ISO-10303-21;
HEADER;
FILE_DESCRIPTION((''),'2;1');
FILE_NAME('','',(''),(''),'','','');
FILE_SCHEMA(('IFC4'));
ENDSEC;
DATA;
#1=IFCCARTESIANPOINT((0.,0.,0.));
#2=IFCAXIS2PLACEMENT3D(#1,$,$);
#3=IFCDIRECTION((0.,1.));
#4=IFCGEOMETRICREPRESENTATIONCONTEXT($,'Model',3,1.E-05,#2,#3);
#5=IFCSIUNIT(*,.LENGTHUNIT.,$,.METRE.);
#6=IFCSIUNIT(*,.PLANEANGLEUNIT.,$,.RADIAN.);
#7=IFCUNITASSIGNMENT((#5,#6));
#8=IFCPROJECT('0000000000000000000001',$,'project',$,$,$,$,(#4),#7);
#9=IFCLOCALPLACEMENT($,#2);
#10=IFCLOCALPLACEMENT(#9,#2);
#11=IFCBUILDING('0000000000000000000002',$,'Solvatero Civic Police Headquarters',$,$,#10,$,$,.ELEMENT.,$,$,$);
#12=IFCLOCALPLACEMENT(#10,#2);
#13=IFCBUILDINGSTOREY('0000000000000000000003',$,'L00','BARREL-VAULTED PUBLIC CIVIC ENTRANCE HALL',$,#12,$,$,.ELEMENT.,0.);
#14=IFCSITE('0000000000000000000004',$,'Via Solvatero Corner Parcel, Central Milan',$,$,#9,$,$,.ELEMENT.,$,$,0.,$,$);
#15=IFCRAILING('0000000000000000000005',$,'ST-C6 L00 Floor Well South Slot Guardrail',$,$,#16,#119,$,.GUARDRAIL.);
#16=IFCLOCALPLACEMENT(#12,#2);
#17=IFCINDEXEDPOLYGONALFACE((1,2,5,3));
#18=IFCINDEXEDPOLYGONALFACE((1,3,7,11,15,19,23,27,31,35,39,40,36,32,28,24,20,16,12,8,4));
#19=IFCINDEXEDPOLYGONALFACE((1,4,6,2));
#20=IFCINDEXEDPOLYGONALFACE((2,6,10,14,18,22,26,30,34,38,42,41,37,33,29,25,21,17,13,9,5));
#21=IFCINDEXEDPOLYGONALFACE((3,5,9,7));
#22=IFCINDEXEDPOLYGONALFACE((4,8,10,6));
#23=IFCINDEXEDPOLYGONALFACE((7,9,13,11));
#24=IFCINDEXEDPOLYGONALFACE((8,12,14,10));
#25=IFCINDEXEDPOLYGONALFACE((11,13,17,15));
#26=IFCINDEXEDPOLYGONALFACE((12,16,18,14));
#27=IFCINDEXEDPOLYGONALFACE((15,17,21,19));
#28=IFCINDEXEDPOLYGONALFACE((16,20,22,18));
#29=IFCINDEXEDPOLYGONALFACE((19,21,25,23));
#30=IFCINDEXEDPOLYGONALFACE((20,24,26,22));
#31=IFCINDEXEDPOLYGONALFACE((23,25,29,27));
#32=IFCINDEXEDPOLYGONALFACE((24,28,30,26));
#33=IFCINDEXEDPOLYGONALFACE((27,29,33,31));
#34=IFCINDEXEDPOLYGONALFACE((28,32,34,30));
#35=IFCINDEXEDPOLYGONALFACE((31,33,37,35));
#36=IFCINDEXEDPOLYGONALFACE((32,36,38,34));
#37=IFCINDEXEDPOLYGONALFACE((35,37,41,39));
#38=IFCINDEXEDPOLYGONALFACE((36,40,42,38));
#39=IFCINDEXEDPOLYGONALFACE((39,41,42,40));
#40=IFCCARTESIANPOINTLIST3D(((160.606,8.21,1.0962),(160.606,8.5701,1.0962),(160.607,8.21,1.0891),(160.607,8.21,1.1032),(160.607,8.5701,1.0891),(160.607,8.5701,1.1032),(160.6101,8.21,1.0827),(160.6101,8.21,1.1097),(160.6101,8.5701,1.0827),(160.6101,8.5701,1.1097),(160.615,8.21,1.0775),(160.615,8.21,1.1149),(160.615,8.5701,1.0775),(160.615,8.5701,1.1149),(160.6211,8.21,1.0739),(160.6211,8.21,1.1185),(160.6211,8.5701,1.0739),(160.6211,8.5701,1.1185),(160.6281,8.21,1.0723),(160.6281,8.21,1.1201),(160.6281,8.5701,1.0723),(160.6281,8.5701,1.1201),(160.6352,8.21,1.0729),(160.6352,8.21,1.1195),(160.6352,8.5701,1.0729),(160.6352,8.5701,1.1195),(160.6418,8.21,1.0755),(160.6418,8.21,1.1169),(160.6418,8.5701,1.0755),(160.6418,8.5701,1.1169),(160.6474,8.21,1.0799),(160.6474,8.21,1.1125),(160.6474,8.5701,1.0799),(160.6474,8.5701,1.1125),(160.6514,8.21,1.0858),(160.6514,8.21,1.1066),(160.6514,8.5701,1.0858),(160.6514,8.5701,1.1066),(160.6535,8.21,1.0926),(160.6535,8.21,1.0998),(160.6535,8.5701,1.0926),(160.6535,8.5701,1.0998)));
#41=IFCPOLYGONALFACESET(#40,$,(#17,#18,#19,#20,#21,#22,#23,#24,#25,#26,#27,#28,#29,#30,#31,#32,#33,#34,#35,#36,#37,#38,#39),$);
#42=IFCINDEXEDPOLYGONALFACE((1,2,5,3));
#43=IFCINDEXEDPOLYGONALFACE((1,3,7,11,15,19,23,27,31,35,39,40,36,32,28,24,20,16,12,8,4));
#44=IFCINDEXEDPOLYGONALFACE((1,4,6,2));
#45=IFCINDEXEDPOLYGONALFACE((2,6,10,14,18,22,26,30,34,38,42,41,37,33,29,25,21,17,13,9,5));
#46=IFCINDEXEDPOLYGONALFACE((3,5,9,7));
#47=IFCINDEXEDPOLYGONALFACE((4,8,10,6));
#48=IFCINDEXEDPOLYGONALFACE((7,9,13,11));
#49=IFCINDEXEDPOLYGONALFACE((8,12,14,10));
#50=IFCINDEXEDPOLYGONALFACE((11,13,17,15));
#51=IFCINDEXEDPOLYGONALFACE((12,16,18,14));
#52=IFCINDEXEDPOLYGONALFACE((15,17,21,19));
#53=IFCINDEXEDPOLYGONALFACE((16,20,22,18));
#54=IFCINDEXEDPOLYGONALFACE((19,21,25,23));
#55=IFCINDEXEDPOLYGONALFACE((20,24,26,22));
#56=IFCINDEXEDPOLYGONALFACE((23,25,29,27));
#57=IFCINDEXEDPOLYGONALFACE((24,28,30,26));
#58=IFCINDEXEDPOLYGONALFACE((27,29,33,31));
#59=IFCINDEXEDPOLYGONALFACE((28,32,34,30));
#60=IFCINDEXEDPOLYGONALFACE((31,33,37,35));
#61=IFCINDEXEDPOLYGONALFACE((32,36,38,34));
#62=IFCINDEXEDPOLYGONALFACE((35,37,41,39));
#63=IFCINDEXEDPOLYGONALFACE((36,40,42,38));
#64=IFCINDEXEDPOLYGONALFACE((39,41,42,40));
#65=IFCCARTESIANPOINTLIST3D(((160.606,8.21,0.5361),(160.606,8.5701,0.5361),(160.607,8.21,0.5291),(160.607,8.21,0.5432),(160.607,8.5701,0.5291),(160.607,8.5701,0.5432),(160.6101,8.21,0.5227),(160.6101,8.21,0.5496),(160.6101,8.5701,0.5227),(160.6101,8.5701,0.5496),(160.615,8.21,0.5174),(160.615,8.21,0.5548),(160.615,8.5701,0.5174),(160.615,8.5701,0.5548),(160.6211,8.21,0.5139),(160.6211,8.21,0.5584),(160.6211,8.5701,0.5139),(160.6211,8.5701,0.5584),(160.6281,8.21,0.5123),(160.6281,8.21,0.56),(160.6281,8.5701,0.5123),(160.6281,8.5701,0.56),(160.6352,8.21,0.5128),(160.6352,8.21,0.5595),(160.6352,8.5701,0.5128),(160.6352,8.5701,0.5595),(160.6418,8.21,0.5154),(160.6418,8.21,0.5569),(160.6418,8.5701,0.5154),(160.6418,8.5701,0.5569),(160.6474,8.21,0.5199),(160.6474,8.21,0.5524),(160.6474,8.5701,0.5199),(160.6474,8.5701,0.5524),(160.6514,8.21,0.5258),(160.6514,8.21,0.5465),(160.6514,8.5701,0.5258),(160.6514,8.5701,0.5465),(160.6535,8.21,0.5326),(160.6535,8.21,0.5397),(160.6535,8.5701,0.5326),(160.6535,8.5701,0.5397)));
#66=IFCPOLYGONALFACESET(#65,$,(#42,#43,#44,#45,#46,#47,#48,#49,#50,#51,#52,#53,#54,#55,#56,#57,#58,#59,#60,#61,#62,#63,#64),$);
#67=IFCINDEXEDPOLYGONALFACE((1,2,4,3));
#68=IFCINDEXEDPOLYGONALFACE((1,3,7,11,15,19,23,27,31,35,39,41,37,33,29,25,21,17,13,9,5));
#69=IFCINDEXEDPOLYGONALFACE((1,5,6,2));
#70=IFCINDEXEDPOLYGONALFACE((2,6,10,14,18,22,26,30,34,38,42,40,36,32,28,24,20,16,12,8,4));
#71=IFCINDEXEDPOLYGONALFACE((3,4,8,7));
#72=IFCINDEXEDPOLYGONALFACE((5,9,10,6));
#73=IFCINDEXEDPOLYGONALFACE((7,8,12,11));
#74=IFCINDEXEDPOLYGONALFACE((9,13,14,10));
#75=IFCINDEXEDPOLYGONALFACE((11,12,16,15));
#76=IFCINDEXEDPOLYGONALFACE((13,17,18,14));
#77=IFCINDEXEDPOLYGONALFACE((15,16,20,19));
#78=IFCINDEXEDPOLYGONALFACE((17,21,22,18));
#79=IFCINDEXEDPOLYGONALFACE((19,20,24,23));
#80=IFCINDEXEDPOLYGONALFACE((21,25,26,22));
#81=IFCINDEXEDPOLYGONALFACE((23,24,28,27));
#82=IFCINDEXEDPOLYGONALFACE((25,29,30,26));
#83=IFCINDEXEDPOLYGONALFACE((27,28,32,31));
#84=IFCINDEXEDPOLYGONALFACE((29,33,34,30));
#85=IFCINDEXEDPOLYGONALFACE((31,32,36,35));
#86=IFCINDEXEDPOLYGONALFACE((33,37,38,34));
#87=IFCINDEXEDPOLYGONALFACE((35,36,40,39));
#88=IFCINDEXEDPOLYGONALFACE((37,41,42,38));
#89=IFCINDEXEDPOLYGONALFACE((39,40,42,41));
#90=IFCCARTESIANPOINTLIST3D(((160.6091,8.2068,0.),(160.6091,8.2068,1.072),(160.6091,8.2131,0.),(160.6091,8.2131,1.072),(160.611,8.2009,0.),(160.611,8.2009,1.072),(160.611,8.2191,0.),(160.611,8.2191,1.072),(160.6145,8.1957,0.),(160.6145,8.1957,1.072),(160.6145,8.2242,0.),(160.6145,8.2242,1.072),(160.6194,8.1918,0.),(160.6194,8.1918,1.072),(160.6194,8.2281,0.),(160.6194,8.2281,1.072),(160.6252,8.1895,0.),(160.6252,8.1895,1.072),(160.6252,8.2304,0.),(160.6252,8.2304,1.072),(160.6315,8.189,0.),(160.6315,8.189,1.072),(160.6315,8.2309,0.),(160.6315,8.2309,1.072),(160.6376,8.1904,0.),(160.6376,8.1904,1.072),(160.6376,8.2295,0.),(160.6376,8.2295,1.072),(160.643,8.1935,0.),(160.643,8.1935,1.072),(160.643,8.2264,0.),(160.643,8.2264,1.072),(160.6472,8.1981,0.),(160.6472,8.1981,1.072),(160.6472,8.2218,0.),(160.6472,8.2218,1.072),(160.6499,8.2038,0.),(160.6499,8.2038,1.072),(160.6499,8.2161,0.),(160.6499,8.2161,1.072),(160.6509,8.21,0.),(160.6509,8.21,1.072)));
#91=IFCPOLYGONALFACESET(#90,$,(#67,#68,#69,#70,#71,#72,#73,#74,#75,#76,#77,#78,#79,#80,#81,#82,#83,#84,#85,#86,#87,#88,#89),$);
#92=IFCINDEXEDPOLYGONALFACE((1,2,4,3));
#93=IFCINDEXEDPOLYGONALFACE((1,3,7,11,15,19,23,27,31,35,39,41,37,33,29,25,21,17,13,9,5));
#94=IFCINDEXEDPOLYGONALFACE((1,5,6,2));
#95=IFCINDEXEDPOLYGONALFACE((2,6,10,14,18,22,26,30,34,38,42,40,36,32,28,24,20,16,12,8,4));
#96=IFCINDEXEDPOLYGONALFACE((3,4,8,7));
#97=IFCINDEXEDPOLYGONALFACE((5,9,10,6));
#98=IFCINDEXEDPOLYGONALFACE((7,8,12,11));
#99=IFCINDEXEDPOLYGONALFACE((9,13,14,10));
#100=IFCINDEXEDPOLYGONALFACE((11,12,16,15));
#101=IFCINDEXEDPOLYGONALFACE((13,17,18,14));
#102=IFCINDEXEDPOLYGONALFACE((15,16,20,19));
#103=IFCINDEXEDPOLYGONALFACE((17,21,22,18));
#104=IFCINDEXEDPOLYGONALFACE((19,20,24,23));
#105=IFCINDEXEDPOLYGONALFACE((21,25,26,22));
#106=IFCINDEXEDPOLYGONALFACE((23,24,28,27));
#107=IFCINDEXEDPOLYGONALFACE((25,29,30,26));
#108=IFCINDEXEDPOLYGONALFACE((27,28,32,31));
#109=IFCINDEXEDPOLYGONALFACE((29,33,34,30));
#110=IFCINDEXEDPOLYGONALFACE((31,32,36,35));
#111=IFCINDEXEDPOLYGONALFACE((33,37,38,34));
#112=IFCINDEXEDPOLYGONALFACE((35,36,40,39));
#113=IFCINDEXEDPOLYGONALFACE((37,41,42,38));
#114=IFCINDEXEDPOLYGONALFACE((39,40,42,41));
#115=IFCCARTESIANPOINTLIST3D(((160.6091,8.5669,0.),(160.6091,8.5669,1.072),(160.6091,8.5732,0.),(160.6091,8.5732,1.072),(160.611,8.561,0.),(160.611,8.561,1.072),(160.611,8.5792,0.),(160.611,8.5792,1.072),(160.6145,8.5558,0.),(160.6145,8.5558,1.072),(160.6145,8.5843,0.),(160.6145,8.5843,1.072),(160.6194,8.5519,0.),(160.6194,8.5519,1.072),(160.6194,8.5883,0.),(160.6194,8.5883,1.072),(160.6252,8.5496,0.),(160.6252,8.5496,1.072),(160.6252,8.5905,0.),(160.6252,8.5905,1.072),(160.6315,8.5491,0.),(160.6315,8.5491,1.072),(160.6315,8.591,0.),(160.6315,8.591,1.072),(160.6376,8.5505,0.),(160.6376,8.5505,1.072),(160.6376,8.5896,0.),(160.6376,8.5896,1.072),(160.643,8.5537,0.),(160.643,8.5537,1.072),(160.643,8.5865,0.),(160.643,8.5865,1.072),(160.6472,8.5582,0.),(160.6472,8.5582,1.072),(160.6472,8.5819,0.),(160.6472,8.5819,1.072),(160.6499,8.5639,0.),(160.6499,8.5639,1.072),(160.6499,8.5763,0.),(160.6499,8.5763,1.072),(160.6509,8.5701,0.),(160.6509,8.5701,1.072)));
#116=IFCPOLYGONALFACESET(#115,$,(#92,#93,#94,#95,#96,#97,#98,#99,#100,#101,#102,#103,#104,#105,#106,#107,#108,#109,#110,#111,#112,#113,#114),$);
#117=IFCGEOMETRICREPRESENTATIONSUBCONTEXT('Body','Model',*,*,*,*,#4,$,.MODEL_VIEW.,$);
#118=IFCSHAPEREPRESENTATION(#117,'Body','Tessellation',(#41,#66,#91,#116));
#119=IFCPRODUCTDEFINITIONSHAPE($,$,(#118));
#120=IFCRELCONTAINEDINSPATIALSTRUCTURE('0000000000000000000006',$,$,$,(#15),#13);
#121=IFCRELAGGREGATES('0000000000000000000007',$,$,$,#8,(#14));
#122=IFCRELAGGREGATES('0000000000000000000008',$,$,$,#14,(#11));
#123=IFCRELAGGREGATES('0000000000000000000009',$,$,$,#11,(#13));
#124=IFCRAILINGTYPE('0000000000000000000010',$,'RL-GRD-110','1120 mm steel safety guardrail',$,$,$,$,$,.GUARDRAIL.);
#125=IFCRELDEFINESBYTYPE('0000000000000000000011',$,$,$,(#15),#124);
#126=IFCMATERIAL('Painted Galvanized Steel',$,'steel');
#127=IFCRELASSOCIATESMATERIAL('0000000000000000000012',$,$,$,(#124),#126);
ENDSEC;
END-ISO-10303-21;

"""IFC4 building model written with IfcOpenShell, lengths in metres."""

from ifc_helpers import new_model, si_unit, direction, frame, origin, origin_2d, place, context, subcontext, project, spatial, circle, extrude, material, type_object, element, save


model = new_model("IFC4")

# Units and contexts
model_context = context("Model", 3, precision=1e-05, world=origin(), true_north=direction((0.0, 1.0)))
body_context = subcontext(model_context, "Body", "Model", "MODEL_VIEW")
ifc_project = project(units=[si_unit("LENGTHUNIT", "METRE"), si_unit("PLANEANGLEUNIT", "RADIAN")], contexts=[model_context])

# Site, building, storey
site_placement = place(None, origin())
site = spatial("IfcSite", under=ifc_project, at=site_placement, Name="Via Solvatero Corner Parcel, Central Milan", CompositionType="ELEMENT", RefElevation=0.0)
building_placement = place(site_placement, origin())
building = spatial("IfcBuilding", under=site, at=building_placement, Name="Solvatero Civic Police Headquarters", CompositionType="ELEMENT")
storey_placement = place(building_placement, origin())
storey = spatial("IfcBuildingStorey", under=building, at=storey_placement, Name="L00", Description="BARREL-VAULTED PUBLIC CIVIC ENTRANCE HALL", CompositionType="ELEMENT", Elevation=0.0)

# Railing
ifc_material_1 = material(Name="Painted Galvanized Steel", Category="steel")
railing_type_1 = type_object("IfcRailingType", Name="RL-GRD-110", Description="1120 mm steel safety guardrail", PredefinedType="GUARDRAIL", material=ifc_material_1)
railing_1_placement = place(storey_placement, frame((160.6299, 8.21, 0.0)))
element("IfcRailing", 1, at=railing_1_placement, inside=storey, type_object=railing_type_1, Name="ST-C6 L00 Floor Well South Slot Guardrail", PredefinedType="GUARDRAIL", context=body_context, shape_type="SweptSolid", body=[
    extrude(circle(Radius=0.0239, at=origin_2d()), frame((0.0, 0.0, 1.0962), z_axis=(0.0, 1.0, 0.0), x_axis=(-1.0, 0.0, 0.0)), (0.0, 0.0, 1.0), 0.3601),
    extrude(circle(Radius=0.0239, at=origin_2d()), frame((0.0, 0.0, 0.5361), z_axis=(0.0, 1.0, 0.0), x_axis=(-1.0, 0.0, 0.0)), (0.0, 0.0, 1.0), 0.3601),
    extrude(circle(Radius=0.021, at=origin_2d()), origin(), (0.0, 0.0, 1.0), 1.072),
    extrude(circle(Radius=0.021, at=origin_2d()), frame((0.0, 0.3601, 0.0)), (0.0, 0.0, 1.0), 1.072),
])

save(model, "model.ifc")
